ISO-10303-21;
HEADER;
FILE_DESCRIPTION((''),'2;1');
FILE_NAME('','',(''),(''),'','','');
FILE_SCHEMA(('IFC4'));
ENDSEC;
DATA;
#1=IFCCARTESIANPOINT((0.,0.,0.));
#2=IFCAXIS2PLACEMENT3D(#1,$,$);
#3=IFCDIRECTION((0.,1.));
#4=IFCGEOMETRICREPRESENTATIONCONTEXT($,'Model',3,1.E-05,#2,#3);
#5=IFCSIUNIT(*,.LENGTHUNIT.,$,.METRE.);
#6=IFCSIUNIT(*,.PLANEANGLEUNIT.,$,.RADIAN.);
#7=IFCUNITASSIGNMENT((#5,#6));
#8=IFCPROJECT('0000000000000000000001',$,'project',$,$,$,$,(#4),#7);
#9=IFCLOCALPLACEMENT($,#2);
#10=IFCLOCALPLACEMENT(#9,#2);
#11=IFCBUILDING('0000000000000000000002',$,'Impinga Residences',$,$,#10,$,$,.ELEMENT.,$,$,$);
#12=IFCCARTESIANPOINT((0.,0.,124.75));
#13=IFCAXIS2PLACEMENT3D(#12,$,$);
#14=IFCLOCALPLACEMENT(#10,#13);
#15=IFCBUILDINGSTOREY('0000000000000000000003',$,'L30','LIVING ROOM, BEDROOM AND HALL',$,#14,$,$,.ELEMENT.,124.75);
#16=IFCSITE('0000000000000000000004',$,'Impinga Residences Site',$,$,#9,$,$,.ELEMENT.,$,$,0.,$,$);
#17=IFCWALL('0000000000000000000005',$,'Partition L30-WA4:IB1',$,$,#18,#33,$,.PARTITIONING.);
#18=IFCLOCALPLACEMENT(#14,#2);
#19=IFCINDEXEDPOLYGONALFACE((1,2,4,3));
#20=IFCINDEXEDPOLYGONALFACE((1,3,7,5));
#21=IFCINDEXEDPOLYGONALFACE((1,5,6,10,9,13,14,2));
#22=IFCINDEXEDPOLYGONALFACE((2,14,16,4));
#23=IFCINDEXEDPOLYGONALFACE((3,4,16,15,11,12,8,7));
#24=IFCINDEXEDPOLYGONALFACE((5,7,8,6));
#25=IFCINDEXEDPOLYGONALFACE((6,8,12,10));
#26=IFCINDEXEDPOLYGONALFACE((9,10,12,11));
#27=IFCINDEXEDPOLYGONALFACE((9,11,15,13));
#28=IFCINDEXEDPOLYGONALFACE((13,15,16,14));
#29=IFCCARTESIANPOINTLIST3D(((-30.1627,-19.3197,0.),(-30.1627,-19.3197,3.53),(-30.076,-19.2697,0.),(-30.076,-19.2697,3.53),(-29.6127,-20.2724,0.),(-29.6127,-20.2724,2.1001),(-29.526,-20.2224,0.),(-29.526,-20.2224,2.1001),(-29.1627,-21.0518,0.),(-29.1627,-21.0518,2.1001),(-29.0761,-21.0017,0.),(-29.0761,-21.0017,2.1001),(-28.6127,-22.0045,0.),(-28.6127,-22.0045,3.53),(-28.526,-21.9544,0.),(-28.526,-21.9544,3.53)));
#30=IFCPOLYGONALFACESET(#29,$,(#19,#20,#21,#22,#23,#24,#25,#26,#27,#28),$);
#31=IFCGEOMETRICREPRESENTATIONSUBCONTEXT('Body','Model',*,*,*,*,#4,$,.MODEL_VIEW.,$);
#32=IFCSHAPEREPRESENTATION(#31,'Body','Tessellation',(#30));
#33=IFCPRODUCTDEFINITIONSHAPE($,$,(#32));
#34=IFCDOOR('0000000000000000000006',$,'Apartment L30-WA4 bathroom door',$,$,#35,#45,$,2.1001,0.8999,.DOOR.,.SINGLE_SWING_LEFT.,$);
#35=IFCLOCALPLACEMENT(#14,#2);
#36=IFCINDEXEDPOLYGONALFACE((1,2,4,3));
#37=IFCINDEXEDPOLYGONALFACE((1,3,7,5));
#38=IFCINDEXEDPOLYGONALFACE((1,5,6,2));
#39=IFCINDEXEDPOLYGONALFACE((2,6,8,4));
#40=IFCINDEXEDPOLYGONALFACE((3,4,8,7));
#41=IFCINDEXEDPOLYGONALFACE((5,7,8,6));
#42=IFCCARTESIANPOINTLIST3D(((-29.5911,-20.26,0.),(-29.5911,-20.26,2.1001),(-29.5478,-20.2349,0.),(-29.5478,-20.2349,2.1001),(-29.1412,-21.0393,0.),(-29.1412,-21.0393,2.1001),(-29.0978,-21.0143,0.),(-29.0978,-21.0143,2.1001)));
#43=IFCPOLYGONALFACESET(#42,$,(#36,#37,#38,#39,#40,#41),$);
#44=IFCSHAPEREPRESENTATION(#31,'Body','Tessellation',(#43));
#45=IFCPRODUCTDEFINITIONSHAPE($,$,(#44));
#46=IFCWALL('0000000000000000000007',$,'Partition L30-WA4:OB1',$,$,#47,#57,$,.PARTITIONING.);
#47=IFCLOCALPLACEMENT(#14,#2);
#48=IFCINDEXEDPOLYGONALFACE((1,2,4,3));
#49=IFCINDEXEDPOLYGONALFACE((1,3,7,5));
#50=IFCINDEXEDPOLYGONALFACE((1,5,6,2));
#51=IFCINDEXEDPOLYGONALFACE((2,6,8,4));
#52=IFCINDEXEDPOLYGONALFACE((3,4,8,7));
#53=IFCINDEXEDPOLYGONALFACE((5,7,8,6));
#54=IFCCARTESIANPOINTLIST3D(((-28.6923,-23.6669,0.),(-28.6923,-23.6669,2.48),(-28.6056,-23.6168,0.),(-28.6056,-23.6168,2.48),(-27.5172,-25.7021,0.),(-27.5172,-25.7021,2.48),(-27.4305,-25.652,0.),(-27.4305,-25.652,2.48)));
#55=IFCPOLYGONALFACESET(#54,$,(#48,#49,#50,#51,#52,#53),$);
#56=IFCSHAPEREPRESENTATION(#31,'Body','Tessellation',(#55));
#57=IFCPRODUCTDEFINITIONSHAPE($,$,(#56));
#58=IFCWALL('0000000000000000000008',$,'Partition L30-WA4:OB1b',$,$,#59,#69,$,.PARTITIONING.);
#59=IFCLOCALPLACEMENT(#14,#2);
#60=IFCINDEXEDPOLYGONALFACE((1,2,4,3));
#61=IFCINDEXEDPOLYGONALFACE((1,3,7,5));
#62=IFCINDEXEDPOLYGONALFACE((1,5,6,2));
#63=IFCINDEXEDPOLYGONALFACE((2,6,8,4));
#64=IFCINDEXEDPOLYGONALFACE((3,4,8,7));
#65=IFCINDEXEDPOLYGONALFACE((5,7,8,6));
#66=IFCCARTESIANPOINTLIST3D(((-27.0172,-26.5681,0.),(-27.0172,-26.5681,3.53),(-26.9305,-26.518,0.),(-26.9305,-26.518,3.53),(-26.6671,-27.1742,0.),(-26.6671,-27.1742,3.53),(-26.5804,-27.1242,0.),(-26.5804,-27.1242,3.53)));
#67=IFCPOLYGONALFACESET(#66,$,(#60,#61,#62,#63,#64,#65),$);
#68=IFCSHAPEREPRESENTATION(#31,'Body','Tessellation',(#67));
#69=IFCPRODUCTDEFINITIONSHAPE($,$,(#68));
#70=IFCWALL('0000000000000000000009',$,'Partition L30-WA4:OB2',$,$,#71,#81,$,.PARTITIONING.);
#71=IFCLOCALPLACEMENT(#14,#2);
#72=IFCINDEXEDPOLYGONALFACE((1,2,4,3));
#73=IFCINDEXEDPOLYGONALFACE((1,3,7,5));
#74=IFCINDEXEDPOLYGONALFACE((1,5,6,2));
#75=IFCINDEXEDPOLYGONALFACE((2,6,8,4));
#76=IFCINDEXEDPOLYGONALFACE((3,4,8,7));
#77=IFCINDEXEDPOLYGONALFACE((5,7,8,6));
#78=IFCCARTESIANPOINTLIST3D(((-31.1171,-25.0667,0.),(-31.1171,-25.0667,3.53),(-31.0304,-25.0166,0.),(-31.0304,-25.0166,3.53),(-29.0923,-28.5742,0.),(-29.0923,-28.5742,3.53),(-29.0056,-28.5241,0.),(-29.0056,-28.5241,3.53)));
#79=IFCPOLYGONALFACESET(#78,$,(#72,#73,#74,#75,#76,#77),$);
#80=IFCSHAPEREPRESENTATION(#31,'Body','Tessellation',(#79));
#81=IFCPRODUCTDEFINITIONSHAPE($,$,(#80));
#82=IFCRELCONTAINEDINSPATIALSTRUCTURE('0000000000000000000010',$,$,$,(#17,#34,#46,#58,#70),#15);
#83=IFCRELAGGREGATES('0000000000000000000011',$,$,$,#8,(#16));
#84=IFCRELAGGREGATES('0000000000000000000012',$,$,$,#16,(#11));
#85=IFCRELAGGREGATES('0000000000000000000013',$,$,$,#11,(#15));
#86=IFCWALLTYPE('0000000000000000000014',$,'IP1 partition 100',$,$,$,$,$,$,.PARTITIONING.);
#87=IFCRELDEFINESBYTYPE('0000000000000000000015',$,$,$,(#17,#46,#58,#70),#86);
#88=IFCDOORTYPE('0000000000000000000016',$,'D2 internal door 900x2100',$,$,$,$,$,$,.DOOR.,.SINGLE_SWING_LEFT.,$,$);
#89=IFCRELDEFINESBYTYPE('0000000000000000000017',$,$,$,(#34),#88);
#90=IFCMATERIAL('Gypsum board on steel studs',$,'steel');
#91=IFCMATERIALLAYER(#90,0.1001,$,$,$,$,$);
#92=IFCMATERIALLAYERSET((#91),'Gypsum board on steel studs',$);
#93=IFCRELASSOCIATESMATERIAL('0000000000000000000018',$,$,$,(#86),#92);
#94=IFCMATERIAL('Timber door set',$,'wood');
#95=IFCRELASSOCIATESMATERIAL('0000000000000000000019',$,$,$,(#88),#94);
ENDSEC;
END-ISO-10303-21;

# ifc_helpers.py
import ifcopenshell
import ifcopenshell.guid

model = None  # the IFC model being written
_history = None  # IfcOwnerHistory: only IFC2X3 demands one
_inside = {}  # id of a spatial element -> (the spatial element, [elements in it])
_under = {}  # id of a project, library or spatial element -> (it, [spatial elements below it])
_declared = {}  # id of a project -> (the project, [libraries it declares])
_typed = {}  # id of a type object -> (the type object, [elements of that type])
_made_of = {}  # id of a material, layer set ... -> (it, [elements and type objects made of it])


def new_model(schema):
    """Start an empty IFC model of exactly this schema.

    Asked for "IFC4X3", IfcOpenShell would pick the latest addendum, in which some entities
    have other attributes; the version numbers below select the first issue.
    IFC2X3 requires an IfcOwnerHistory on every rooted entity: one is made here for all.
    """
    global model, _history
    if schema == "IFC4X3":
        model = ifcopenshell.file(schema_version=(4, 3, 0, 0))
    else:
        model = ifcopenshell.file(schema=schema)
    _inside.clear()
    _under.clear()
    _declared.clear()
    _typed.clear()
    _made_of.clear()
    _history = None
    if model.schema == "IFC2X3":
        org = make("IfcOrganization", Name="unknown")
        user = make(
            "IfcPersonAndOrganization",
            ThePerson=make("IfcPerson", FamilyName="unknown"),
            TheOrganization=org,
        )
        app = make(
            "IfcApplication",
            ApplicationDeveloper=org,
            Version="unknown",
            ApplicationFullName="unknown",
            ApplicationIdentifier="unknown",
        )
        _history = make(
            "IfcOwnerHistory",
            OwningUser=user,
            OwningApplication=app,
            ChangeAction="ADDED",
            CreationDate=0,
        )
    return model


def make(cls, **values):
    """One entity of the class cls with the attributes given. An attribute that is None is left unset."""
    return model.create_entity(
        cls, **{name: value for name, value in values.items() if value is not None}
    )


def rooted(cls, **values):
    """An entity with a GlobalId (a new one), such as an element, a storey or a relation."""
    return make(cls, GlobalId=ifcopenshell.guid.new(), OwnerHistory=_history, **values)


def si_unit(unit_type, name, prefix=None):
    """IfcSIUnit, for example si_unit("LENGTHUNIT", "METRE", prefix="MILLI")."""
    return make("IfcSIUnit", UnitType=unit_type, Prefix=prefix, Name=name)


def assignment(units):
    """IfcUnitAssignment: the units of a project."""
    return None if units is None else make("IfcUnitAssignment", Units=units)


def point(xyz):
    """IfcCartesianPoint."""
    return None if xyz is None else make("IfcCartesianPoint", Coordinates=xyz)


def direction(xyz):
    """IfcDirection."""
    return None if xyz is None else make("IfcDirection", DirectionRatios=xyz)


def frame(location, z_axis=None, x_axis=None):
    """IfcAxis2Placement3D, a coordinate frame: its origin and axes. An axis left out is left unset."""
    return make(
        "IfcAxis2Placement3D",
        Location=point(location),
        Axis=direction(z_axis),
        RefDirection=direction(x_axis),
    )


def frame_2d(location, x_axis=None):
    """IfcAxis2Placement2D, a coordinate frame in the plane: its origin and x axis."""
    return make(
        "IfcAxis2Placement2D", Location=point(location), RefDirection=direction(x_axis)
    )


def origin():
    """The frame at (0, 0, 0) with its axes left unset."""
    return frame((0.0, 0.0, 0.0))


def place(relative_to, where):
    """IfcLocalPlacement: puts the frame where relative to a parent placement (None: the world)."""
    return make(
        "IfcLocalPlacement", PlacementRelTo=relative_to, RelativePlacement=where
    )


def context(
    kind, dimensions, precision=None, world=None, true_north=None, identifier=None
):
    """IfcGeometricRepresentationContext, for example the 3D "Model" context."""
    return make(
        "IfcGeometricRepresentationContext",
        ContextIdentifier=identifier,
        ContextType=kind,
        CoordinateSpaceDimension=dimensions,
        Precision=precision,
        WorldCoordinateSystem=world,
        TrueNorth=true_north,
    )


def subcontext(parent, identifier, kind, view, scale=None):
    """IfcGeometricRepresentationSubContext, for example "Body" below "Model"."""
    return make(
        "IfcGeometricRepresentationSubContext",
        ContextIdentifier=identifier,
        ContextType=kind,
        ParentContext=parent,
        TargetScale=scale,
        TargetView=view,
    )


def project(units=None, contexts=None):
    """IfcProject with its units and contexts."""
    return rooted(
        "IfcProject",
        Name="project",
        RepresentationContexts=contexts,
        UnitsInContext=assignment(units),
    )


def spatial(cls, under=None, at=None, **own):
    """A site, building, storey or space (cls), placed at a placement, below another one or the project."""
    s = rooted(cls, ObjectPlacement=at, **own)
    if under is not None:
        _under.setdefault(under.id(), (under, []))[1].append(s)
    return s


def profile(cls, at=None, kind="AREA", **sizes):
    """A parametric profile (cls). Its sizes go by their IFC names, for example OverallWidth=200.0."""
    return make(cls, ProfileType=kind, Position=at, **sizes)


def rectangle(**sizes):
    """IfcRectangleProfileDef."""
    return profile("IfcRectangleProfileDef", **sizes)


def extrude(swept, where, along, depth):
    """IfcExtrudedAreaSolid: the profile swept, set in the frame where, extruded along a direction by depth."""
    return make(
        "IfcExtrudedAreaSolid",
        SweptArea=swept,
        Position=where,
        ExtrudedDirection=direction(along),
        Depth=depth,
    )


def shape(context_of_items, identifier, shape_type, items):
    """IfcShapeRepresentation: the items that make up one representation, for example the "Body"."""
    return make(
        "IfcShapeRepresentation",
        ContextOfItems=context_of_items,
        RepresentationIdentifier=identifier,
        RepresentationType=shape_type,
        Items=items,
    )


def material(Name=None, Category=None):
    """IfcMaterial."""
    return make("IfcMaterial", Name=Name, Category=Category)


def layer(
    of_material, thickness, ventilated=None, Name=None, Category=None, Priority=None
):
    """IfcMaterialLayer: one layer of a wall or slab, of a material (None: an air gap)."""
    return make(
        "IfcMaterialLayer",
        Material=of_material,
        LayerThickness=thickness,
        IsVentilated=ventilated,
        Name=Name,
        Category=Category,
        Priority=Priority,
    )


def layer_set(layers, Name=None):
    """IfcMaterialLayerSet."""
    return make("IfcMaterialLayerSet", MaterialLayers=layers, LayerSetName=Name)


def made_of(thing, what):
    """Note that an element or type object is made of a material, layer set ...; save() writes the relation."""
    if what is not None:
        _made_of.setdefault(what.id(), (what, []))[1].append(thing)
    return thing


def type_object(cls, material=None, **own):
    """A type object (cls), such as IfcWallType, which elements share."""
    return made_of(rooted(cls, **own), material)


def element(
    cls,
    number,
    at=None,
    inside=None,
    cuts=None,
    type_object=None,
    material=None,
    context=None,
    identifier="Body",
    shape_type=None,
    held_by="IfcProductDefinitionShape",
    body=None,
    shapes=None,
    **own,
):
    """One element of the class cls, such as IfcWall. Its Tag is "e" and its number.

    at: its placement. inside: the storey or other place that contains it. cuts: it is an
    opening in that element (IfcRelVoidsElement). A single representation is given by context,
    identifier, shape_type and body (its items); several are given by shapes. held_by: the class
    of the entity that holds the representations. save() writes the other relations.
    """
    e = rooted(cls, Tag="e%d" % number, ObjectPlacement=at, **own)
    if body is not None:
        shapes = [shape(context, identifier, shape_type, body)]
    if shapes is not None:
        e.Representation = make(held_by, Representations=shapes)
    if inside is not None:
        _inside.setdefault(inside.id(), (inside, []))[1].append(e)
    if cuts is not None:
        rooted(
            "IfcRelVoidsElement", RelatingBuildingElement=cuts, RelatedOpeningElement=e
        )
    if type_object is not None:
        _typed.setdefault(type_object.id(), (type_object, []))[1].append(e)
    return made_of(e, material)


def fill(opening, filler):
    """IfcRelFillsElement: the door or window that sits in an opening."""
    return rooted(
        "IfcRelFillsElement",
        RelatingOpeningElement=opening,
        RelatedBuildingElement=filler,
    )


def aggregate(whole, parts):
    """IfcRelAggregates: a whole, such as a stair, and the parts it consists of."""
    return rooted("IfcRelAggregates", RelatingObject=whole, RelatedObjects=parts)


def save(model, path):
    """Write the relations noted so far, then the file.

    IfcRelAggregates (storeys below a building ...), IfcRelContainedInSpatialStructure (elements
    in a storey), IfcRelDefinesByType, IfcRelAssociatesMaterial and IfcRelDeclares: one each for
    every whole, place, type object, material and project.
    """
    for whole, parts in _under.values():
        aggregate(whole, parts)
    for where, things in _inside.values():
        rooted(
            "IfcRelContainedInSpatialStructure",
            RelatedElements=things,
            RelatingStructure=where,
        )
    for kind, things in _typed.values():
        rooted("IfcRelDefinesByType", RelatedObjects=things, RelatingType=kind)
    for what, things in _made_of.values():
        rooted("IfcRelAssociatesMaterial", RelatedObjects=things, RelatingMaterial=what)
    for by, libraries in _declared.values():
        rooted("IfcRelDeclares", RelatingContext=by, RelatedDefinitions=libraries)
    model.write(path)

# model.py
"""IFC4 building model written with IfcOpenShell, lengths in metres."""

from ifc_helpers import new_model, si_unit, direction, frame, frame_2d, origin, place, context, subcontext, project, spatial, rectangle, extrude, material, layer, layer_set, type_object, element, fill, save


model = new_model("IFC4")

# Units and contexts
model_context = context("Model", 3, precision=1e-05, world=origin(), true_north=direction((0.0, 1.0)))
body_context = subcontext(model_context, "Body", "Model", "MODEL_VIEW")
ifc_project = project(units=[si_unit("LENGTHUNIT", "METRE"), si_unit("PLANEANGLEUNIT", "RADIAN")], contexts=[model_context])

# Site, building, storey
site_placement = place(None, origin())
site = spatial("IfcSite", under=ifc_project, at=site_placement, Name="Impinga Residences Site", CompositionType="ELEMENT", RefElevation=0.0)
building_placement = place(site_placement, origin())
building = spatial("IfcBuilding", under=site, at=building_placement, Name="Impinga Residences", CompositionType="ELEMENT")
storey_placement = place(building_placement, frame((0.0, 0.0, 124.75)))
storey = spatial("IfcBuildingStorey", under=building, at=storey_placement, Name="L30", Description="LIVING ROOM, BEDROOM AND HALL", CompositionType="ELEMENT", Elevation=124.75)

# Shared definitions
ifc_material_1 = material(Name="Gypsum board on steel studs", Category="steel")
ifc_layer_1 = layer(ifc_material_1, 0.1001)
ifc_layer_set_1 = layer_set([ifc_layer_1], Name="Gypsum board on steel studs")
wall_type_1 = type_object("IfcWallType", Name="IP1 partition 100", PredefinedType="PARTITIONING", material=ifc_layer_set_1)

# Shared definitions
ifc_material_2 = material(Name="Timber door set", Category="wood")
door_type = type_object("IfcDoorType", Name="D2 internal door 900x2100", OperationType="SINGLE_SWING_LEFT", PredefinedType="DOOR", material=ifc_material_2)

# Wall, opening, door
wall_1_placement = place(storey_placement, frame((-30.1194, -19.2947, 0.0), z_axis=(0.0, 0.0, 1.0), x_axis=(0.499993, -0.86603, 0.0)))
wall_1 = element("IfcWall", 1, at=wall_1_placement, inside=storey, type_object=wall_type_1, Name="Partition L30-WA4:IB1", PredefinedType="PARTITIONING", context=body_context, shape_type="SweptSolid", body=[
    extrude(rectangle(XDim=3.1001, YDim=0.1001, at=frame_2d((1.55, 0.0))), origin(), (0.0, 0.0, 1.0), 3.53),
])
opening_1_placement = place(wall_1_placement, frame((1.1001, 0.0, 0.0)))
opening_1 = element("IfcOpeningElement", 2, at=opening_1_placement, cuts=wall_1, PredefinedType="OPENING", context=body_context, shape_type="SweptSolid", body=[
    extrude(rectangle(XDim=0.8999, YDim=2.1001, at=frame_2d((0.45, 1.05))), frame((0.0, 0.0601, 0.0), z_axis=(0.0, -1.0, 0.0), x_axis=(1.0, 0.0, 0.0)), (0.0, 0.0, 1.0), 0.1201),
])
door_1_placement = place(opening_1_placement, origin())
door_1 = element("IfcDoor", 3, at=door_1_placement, inside=storey, type_object=door_type, Name="Apartment L30-WA4 bathroom door", OperationType="SINGLE_SWING_LEFT", OverallHeight=2.1001, OverallWidth=0.8999, PredefinedType="DOOR", context=body_context, shape_type="SweptSolid", body=[
    extrude(rectangle(XDim=0.8999, YDim=2.1001, at=frame_2d((0.45, 1.05))), frame((0.0, 0.0249, 0.0), z_axis=(0.0, -1.0, 0.0), x_axis=(1.0, 0.0, 0.0)), (0.0, 0.0, 1.0), 0.05),
])
fill(opening_1, door_1)

# Walls
wall_2_placement = place(storey_placement, frame((-28.6489, -23.6418, 0.0), z_axis=(0.0, 0.0, 1.0), x_axis=(0.500016, -0.866016, 0.0)))
element("IfcWall", 4, at=wall_2_placement, inside=storey, type_object=wall_type_1, Name="Partition L30-WA4:OB1", PredefinedType="PARTITIONING", context=body_context, shape_type="SweptSolid", body=[
    extrude(rectangle(XDim=2.3501, YDim=0.1001, at=frame_2d((1.175, 0.0))), origin(), (0.0, 0.0, 1.0), 2.48),
])
wall_3_placement = place(storey_placement, frame((-26.9739, -26.543, 0.0), z_axis=(0.0, 0.0, 1.0), x_axis=(0.500115, -0.865959, 0.0)))
element("IfcWall", 5, at=wall_3_placement, inside=storey, type_object=wall_type_1, Name="Partition L30-WA4:OB1b", PredefinedType="PARTITIONING", context=body_context, shape_type="SweptSolid", body=[
    extrude(rectangle(XDim=0.7, YDim=0.1001, at=frame_2d((0.3501, 0.0))), origin(), (0.0, 0.0, 1.0), 3.53),
])
wall_4_placement = place(storey_placement, frame((-31.0737, -25.0417, 0.0), z_axis=(0.0, 0.0, 1.0), x_axis=(0.499964, -0.866046, 0.0)))
element("IfcWall", 6, at=wall_4_placement, inside=storey, type_object=wall_type_1, Name="Partition L30-WA4:OB2", PredefinedType="PARTITIONING", context=body_context, shape_type="SweptSolid", body=[
    extrude(rectangle(XDim=4.05, YDim=0.1001, at=frame_2d((2.0249, 0.0))), origin(), (0.0, 0.0, 1.0), 3.53),
])

save(model, "model.ifc")
